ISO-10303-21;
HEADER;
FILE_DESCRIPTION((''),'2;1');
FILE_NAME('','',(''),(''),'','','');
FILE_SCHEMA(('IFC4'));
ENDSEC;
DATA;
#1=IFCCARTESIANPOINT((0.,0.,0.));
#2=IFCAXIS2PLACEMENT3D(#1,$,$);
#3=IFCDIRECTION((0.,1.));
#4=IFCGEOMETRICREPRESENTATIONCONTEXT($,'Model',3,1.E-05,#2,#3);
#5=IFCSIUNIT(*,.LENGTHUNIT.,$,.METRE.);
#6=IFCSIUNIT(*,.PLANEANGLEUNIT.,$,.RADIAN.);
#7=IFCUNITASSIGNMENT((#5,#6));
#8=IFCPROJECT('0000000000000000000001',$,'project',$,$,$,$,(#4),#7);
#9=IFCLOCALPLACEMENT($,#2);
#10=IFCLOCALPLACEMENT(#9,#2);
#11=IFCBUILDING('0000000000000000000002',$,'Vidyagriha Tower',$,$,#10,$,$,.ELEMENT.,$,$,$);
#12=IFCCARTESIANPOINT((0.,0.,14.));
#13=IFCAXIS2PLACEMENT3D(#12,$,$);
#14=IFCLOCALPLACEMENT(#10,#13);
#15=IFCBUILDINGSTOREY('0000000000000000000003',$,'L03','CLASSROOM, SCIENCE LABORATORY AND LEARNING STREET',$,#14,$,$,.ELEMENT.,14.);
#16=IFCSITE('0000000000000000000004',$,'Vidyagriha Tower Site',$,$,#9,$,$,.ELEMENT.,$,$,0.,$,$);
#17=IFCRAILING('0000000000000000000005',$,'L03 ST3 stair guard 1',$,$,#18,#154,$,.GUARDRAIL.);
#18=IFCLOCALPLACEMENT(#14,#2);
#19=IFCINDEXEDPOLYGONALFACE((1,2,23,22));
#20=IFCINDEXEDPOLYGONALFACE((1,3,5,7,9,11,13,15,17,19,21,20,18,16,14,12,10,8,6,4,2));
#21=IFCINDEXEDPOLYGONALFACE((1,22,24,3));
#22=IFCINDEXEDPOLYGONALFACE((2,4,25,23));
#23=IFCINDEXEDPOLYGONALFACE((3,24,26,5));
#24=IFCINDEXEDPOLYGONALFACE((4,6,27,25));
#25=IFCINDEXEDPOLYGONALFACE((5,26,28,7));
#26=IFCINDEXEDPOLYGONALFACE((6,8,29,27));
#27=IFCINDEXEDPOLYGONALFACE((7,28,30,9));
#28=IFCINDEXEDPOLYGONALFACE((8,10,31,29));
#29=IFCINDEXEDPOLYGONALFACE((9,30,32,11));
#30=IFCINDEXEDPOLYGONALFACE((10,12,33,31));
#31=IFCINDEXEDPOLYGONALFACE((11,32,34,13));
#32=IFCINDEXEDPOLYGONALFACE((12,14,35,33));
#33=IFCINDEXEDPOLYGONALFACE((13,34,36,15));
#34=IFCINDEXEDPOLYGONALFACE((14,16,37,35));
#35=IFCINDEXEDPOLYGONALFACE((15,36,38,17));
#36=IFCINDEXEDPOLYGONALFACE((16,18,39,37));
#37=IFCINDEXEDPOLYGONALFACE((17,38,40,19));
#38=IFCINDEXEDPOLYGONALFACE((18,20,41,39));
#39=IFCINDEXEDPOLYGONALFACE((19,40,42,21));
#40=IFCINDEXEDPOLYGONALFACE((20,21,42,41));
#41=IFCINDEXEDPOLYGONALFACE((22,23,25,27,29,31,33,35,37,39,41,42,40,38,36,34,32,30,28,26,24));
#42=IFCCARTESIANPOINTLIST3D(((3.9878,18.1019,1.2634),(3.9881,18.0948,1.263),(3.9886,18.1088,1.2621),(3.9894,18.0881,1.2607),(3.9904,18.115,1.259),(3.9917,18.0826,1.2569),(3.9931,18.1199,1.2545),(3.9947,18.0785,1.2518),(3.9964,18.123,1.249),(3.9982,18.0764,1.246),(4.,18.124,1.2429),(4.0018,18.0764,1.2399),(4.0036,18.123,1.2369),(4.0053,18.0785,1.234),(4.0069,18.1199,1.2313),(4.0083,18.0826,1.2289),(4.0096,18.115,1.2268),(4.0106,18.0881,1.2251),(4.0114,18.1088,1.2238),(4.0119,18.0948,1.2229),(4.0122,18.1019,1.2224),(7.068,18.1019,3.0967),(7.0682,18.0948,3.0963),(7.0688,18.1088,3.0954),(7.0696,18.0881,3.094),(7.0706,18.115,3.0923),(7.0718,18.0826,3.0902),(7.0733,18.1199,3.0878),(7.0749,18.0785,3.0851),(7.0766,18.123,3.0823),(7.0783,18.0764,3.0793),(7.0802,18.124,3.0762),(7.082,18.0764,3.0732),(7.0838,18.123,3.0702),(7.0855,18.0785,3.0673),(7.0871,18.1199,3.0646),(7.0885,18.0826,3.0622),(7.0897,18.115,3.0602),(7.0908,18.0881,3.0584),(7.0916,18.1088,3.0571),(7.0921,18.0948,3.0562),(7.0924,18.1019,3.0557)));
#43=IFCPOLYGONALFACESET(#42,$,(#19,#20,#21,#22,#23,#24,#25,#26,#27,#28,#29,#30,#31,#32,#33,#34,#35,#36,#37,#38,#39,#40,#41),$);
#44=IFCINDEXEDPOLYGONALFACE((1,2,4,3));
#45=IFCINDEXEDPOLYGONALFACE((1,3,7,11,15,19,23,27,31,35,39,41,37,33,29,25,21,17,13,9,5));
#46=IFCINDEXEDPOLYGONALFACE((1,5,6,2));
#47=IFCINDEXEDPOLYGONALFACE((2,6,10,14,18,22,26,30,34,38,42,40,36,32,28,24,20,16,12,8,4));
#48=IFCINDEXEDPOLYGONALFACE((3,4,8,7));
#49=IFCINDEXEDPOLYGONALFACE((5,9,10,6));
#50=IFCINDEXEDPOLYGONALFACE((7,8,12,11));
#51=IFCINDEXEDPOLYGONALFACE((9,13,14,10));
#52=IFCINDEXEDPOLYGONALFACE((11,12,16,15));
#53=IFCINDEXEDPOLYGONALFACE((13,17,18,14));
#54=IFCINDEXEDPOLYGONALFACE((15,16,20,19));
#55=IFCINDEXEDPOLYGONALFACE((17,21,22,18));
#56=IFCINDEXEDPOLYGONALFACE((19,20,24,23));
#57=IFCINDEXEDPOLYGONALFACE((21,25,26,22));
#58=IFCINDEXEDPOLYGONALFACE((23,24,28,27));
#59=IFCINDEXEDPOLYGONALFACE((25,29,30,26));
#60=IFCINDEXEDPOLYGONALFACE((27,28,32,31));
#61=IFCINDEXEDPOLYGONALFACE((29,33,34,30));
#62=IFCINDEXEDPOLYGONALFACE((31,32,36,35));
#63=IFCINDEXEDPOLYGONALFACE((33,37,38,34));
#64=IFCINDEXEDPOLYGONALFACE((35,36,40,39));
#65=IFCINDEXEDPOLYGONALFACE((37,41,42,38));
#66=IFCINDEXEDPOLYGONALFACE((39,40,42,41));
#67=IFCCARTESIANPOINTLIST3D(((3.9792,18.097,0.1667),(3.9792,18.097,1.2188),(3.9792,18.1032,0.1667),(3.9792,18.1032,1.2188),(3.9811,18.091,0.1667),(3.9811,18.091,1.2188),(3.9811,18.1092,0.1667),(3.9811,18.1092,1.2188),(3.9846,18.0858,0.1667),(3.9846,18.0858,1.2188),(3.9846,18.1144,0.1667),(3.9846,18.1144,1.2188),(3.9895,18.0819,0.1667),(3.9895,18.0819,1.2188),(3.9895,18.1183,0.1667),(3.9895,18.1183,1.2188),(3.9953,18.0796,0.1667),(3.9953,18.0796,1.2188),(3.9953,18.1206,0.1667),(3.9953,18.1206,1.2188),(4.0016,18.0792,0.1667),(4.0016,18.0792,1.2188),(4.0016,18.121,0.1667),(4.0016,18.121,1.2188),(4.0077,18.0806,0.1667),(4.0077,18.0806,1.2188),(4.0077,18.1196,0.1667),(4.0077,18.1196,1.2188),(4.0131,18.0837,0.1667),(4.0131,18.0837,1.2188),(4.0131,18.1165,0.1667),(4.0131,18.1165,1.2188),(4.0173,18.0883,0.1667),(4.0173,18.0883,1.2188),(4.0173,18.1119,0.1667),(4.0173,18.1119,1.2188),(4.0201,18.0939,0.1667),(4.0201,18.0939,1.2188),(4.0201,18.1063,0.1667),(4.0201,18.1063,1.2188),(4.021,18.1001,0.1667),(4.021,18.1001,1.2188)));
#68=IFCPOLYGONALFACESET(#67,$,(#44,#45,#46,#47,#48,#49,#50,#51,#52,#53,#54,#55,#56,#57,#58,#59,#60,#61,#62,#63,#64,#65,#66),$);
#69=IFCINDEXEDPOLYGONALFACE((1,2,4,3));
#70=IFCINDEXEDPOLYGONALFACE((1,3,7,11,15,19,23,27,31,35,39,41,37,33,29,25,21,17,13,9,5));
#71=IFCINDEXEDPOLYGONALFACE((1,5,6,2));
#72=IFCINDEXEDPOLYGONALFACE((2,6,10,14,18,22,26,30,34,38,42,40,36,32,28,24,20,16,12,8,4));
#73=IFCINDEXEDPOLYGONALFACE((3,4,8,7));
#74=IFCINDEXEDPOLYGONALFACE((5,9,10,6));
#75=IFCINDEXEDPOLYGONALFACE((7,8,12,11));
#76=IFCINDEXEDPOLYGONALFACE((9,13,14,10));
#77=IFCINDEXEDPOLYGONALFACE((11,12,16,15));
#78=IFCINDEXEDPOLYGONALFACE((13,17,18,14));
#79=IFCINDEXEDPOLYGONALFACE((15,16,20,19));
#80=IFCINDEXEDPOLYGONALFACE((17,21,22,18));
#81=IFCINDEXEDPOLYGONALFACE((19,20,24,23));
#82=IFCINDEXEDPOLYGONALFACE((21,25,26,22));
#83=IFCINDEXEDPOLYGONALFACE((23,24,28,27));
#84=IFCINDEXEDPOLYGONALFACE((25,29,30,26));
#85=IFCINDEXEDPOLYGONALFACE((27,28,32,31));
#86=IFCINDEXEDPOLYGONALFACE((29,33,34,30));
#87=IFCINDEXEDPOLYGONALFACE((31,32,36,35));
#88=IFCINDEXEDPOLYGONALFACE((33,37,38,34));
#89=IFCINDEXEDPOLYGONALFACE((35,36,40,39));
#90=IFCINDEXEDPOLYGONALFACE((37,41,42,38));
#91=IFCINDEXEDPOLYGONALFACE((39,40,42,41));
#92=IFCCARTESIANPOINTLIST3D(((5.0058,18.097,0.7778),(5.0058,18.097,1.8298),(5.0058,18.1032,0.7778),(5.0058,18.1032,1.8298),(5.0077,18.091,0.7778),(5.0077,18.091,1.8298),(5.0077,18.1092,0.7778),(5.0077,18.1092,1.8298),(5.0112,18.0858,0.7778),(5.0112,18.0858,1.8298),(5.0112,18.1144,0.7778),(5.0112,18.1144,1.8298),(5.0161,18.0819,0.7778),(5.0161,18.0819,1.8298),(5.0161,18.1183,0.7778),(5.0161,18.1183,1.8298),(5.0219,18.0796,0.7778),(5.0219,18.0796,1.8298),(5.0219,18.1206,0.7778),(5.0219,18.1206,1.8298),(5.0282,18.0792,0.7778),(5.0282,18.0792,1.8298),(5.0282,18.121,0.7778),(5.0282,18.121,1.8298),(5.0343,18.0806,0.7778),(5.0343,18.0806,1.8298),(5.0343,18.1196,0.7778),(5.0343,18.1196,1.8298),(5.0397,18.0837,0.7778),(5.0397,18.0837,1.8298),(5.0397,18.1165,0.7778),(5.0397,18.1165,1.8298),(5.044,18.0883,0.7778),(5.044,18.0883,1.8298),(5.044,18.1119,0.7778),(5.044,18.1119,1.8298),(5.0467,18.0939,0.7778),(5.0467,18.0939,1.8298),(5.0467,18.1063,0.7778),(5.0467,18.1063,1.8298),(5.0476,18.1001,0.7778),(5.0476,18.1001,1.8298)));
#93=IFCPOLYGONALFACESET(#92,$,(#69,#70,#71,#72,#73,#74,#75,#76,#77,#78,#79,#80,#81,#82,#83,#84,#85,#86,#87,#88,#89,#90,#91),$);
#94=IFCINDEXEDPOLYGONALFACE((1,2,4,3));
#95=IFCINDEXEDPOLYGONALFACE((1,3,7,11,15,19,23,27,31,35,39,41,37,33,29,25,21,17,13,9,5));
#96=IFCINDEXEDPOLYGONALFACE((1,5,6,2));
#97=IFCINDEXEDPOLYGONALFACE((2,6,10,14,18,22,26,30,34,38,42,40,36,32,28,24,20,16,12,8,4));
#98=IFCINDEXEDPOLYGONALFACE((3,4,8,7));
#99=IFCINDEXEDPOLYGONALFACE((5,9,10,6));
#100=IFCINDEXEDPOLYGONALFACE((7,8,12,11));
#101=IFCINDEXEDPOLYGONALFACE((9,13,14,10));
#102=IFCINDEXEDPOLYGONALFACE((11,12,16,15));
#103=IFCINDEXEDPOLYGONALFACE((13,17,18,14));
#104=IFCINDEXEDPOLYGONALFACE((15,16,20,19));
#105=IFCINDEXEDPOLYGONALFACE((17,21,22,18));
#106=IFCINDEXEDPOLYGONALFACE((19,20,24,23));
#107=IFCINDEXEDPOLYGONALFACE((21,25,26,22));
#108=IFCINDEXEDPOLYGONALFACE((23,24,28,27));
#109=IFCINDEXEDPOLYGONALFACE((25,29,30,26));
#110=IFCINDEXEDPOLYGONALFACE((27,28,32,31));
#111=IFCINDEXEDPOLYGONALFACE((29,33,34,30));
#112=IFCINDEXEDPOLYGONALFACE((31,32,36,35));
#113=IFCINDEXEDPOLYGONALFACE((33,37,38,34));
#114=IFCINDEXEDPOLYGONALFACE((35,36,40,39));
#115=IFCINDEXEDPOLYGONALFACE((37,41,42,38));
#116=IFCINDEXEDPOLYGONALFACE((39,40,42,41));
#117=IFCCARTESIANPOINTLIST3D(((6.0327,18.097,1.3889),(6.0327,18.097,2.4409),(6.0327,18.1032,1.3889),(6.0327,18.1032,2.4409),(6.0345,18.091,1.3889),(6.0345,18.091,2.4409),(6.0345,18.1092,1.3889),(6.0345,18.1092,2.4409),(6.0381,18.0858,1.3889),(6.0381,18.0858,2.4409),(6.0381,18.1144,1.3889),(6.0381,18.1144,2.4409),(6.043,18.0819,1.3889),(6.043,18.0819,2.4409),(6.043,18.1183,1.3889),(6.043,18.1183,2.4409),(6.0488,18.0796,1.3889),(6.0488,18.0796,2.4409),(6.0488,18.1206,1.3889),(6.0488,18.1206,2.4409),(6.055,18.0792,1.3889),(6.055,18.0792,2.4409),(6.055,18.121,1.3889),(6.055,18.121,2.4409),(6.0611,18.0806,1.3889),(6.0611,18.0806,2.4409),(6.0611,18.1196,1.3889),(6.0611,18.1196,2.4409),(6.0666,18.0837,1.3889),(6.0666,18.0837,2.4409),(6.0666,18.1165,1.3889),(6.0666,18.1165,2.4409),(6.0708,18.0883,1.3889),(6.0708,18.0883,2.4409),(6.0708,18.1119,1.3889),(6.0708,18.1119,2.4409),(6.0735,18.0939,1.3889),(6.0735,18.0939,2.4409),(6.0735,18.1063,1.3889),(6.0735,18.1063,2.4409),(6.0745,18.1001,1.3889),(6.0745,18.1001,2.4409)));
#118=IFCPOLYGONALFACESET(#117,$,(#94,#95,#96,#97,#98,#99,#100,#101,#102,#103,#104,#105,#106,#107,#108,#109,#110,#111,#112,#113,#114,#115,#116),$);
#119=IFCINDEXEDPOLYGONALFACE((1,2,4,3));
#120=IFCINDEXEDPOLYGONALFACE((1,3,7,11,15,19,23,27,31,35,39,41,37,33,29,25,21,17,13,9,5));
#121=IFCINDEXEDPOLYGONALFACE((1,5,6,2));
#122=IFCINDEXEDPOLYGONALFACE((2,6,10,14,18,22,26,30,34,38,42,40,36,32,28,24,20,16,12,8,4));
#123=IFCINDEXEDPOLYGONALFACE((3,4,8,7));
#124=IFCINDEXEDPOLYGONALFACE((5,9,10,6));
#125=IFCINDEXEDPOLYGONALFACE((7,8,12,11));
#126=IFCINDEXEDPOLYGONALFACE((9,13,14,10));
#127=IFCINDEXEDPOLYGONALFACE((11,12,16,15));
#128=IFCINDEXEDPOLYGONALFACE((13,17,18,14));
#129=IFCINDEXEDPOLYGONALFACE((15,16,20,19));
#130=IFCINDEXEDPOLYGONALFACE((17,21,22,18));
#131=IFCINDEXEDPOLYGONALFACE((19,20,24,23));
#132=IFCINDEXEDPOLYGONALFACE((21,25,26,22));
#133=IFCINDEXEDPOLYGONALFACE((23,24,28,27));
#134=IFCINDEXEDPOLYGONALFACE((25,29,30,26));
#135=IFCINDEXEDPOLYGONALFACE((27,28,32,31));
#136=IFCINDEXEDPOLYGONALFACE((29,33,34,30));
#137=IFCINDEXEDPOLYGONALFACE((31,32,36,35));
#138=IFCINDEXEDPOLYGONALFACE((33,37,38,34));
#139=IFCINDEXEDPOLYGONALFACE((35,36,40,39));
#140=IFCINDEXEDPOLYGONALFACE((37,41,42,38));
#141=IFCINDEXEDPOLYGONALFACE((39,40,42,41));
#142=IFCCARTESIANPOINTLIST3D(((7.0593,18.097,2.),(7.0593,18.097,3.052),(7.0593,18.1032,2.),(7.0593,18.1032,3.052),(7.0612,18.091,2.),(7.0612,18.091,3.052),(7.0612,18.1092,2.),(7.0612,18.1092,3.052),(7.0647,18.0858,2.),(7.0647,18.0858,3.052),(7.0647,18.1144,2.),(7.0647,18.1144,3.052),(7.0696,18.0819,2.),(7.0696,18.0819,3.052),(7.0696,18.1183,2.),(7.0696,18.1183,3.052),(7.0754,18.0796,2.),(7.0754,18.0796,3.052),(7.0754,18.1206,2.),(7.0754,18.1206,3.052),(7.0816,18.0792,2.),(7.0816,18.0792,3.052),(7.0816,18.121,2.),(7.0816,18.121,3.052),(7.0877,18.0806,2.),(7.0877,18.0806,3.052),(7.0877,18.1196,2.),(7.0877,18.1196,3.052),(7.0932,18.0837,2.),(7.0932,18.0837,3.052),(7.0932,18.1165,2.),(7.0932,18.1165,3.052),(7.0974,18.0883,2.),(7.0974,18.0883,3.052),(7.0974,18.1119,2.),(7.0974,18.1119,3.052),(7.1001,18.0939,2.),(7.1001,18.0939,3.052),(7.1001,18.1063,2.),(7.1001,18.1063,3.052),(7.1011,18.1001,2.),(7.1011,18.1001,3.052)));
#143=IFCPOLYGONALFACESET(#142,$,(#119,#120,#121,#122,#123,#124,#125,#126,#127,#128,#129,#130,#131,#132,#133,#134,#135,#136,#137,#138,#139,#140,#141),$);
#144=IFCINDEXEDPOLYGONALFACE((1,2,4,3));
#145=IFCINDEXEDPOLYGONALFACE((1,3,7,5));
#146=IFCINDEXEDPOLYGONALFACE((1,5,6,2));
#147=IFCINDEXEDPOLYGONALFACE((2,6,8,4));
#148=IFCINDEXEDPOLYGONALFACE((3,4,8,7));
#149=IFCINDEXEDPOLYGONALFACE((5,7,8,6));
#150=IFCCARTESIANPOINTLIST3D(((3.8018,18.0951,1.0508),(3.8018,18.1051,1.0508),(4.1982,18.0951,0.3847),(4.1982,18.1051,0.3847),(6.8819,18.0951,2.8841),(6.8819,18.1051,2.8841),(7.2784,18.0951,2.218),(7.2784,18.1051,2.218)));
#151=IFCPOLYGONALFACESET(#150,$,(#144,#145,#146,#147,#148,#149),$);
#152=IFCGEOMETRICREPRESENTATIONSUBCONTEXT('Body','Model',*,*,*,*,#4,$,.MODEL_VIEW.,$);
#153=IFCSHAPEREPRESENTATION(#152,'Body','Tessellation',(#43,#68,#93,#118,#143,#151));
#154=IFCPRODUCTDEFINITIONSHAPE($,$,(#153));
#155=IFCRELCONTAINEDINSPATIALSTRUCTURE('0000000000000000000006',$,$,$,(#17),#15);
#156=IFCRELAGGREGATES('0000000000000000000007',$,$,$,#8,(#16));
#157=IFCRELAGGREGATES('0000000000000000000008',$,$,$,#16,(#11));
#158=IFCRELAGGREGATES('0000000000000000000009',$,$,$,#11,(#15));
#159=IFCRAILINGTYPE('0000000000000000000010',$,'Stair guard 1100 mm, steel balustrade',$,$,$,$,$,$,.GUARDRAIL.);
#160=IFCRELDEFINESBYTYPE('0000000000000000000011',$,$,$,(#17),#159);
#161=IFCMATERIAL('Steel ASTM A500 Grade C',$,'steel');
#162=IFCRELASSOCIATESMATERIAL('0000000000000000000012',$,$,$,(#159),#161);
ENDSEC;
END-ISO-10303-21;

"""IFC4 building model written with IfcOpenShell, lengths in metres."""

from ifc_helpers import new_model, si_unit, direction, frame, origin, origin_2d, place, context, subcontext, project, spatial, rectangle, circle, extrude, material, type_object, element, save


model = new_model("IFC4")

# Units and contexts
model_context = context("Model", 3, precision=1e-05, world=origin(), true_north=direction((0.0, 1.0)))
body_context = subcontext(model_context, "Body", "Model", "MODEL_VIEW")
ifc_project = project(units=[si_unit("LENGTHUNIT", "METRE"), si_unit("PLANEANGLEUNIT", "RADIAN")], contexts=[model_context])

# Site, building, storey
site_placement = place(None, origin())
site = spatial("IfcSite", under=ifc_project, at=site_placement, Name="Vidyagriha Tower Site", CompositionType="ELEMENT", RefElevation=0.0)
building_placement = place(site_placement, origin())
building = spatial("IfcBuilding", under=site, at=building_placement, Name="Vidyagriha Tower", CompositionType="ELEMENT")
storey_placement = place(building_placement, frame((0.0, 0.0, 14.0)))
storey = spatial("IfcBuildingStorey", under=building, at=storey_placement, Name="L03", Description="CLASSROOM, SCIENCE LABORATORY AND LEARNING STREET", CompositionType="ELEMENT", Elevation=14.0)

# Railing
ifc_material_1 = material(Name="Steel ASTM A500 Grade C", Category="steel")
railing_type_1 = type_object("IfcRailingType", Name="Stair guard 1100 mm, steel balustrade", PredefinedType="GUARDRAIL", material=ifc_material_1)
railing_1_placement = place(storey_placement, frame((4.0, 18.1001, 0.1667)))
element("IfcRailing", 1, at=railing_1_placement, inside=storey, type_object=railing_type_1, Name="L03 ST3 stair guard 1", PredefinedType="GUARDRAIL", context=body_context, shape_type="SweptSolid", body=[
    extrude(circle(Radius=0.0239, at=origin_2d()), frame((0.0, 0.0, 1.0762), z_axis=(0.859309, 0.0, 0.511458), x_axis=(0.0, 1.0, 0.0)), (0.0, 0.0, 1.0), 3.5845),
    extrude(circle(Radius=0.021, at=origin_2d()), origin(), (0.0, 0.0, 1.0), 1.052),
    extrude(circle(Radius=0.021, at=origin_2d()), frame((1.0266, 0.0, 0.6111)), (0.0, 0.0, 1.0), 1.052),
    extrude(circle(Radius=0.021, at=origin_2d()), frame((2.0535, 0.0, 1.2222)), (0.0, 0.0, 1.0), 1.052),
    extrude(circle(Radius=0.021, at=origin_2d()), frame((3.0801, 0.0, 1.8333)), (0.0, 0.0, 1.0), 1.052),
    extrude(rectangle(XDim=0.01, YDim=0.7751, at=origin_2d()), frame((0.0, 0.0, 0.551), z_axis=(0.859309, 0.0, 0.511458), x_axis=(0.0, 1.0, 0.0)), (0.0, 0.0, 1.0), 3.5845),
])

save(model, "model.ifc")
